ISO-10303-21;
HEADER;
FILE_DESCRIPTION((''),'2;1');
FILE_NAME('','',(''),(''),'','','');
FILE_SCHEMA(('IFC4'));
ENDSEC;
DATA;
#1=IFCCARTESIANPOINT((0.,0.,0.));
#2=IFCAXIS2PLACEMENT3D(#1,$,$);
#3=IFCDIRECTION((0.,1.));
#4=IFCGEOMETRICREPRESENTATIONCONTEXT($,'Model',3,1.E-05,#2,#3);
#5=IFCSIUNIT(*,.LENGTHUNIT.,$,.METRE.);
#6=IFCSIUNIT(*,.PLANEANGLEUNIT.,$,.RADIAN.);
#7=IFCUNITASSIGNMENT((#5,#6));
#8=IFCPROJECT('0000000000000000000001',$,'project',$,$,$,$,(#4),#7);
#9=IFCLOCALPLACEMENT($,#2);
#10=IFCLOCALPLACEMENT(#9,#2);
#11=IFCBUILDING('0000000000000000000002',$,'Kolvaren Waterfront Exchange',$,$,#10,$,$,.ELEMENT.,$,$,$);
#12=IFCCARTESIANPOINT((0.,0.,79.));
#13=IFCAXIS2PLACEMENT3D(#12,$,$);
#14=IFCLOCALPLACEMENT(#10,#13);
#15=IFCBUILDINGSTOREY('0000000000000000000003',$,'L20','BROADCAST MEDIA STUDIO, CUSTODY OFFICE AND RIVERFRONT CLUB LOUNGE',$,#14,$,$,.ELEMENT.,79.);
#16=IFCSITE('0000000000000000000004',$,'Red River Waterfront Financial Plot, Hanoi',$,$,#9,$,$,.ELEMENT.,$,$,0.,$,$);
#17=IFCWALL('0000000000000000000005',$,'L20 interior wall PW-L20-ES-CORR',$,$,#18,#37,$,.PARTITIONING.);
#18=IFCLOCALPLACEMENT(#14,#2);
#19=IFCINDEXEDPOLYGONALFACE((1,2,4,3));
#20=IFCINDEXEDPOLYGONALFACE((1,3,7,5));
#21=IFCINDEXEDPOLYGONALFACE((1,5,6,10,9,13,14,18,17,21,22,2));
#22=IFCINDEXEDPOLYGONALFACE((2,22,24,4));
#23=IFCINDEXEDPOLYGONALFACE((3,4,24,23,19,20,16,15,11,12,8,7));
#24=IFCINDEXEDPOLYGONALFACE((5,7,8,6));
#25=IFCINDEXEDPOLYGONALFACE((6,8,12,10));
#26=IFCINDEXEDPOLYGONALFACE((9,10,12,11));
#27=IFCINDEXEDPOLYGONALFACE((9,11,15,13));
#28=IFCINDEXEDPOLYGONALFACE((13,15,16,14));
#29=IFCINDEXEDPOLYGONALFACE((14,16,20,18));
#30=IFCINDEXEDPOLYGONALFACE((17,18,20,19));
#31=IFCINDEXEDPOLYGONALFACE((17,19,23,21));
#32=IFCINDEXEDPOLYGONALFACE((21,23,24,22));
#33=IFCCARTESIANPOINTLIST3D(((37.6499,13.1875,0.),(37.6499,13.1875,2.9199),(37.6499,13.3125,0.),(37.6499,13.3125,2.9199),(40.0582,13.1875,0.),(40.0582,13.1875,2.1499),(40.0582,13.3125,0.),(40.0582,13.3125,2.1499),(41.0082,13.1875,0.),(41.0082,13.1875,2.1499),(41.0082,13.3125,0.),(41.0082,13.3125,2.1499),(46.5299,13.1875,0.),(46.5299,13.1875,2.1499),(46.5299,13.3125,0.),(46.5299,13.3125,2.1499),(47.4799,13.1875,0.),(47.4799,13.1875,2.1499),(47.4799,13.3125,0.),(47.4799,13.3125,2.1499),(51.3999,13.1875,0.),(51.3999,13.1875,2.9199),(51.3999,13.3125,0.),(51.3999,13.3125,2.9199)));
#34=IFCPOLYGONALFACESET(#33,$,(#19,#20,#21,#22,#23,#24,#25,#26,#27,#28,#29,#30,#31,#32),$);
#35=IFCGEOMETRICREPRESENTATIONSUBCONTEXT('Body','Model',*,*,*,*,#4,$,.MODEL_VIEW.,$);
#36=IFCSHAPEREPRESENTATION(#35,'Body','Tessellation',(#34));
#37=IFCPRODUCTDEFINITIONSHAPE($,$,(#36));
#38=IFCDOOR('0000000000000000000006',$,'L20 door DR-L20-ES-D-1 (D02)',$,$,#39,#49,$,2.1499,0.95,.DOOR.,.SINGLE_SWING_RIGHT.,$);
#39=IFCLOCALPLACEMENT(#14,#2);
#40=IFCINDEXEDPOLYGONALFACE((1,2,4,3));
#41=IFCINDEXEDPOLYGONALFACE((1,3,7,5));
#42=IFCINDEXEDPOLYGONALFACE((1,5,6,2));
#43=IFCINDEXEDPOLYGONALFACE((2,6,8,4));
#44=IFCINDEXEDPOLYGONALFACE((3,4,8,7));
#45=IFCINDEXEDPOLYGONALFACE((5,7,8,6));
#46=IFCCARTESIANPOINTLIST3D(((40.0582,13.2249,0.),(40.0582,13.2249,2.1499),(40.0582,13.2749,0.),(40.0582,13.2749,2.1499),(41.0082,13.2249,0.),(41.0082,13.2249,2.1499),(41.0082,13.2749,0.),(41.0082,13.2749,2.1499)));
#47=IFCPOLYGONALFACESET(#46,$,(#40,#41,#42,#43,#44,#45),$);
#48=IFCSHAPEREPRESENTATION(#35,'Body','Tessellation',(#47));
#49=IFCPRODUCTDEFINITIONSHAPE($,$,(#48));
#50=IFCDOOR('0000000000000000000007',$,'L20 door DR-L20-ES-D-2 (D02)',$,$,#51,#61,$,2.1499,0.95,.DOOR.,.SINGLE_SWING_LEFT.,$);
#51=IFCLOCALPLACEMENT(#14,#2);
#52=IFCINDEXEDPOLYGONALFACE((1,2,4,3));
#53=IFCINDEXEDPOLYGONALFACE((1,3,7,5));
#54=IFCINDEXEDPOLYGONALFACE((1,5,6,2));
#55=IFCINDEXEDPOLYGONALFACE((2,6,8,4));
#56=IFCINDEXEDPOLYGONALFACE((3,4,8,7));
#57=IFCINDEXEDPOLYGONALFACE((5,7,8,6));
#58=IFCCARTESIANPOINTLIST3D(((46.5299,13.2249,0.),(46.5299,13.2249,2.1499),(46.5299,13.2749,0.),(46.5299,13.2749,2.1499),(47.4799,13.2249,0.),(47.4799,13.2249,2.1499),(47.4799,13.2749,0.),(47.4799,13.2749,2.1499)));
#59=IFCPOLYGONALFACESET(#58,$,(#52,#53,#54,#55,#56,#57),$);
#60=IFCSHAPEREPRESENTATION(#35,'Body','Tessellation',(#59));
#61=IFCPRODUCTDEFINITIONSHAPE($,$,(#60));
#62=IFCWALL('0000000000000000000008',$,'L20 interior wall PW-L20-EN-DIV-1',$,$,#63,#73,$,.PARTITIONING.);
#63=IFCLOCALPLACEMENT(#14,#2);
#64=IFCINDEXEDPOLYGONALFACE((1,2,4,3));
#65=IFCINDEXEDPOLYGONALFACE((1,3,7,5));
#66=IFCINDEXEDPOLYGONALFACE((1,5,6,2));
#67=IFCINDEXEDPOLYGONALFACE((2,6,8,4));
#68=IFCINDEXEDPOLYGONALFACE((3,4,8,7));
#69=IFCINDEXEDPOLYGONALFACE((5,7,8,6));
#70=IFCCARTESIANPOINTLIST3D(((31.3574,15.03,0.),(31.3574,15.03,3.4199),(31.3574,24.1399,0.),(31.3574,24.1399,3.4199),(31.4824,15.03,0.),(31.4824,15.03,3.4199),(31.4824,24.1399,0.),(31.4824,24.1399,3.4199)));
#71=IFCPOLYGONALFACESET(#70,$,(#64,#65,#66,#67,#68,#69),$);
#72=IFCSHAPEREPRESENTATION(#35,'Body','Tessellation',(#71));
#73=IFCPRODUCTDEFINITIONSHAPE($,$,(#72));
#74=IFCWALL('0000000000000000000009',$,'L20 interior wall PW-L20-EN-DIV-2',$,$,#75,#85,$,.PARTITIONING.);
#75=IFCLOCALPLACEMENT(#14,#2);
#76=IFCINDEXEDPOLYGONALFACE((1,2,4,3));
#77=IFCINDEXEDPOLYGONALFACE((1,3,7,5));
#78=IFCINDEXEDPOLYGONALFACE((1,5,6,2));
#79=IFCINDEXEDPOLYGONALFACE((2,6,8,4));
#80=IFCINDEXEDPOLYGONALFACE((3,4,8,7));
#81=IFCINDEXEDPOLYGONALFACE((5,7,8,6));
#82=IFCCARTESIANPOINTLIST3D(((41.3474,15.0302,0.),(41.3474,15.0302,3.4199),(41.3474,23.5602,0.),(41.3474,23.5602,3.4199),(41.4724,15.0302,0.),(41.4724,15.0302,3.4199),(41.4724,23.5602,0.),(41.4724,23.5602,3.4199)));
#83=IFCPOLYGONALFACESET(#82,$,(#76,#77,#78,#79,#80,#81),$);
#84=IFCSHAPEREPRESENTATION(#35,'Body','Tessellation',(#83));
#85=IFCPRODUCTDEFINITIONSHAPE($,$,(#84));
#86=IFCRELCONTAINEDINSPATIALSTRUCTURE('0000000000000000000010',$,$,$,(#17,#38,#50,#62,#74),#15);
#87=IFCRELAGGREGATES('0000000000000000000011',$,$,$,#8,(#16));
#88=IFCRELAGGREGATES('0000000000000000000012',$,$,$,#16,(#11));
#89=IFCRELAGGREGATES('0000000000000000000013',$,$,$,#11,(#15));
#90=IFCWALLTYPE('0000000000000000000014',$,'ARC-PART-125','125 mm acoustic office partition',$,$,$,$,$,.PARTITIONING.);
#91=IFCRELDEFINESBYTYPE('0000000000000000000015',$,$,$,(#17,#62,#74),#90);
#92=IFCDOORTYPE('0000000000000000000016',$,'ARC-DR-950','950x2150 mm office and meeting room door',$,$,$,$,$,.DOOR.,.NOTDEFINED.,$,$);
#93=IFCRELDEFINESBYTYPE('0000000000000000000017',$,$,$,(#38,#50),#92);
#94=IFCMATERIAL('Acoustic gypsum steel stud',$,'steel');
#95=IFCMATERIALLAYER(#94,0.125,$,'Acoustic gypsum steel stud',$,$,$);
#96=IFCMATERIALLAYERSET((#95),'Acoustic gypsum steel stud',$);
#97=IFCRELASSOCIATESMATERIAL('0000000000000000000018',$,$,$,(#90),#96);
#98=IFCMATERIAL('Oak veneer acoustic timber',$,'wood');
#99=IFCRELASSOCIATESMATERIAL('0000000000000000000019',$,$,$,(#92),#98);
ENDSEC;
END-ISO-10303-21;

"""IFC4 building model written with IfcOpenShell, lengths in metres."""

from ifc_helpers import new_model, si_unit, direction, frame, frame_2d, origin, place, context, subcontext, project, spatial, rectangle, extrude, material, layer, layer_set, type_object, element, fill, save


model = new_model("IFC4")

# Units and contexts
model_context = context("Model", 3, precision=1e-05, world=origin(), true_north=direction((0.0, 1.0)))
body_context = subcontext(model_context, "Body", "Model", "MODEL_VIEW")
ifc_project = project(units=[si_unit("LENGTHUNIT", "METRE"), si_unit("PLANEANGLEUNIT", "RADIAN")], contexts=[model_context])

# Site, building, storey
site_placement = place(None, origin())
site = spatial("IfcSite", under=ifc_project, at=site_placement, Name="Red River Waterfront Financial Plot, Hanoi", CompositionType="ELEMENT", RefElevation=0.0)
building_placement = place(site_placement, origin())
building = spatial("IfcBuilding", under=site, at=building_placement, Name="Kolvaren Waterfront Exchange", CompositionType="ELEMENT")
storey_placement = place(building_placement, frame((0.0, 0.0, 79.0)))
storey = spatial("IfcBuildingStorey", under=building, at=storey_placement, Name="L20", Description="BROADCAST MEDIA STUDIO, CUSTODY OFFICE AND RIVERFRONT CLUB LOUNGE", CompositionType="ELEMENT", Elevation=79.0)

# Wall, openings, doors
ifc_material_1 = material(Name="Acoustic gypsum steel stud", Category="steel")
ifc_layer_1 = layer(ifc_material_1, 0.125, Name="Acoustic gypsum steel stud")
ifc_layer_set_1 = layer_set([ifc_layer_1], Name="Acoustic gypsum steel stud")
wall_type_1 = type_object("IfcWallType", Name="ARC-PART-125", Description="125 mm acoustic office partition", PredefinedType="PARTITIONING", material=ifc_layer_set_1)
wall_1_placement = place(storey_placement, frame((37.6499, 13.25, 0.0), z_axis=(0.0, 0.0, 1.0), x_axis=(1.0, 0.0, 0.0)))
wall_1 = element("IfcWall", 1, at=wall_1_placement, inside=storey, type_object=wall_type_1, Name="L20 interior wall PW-L20-ES-CORR", PredefinedType="PARTITIONING", context=body_context, shape_type="SweptSolid", body=[
    extrude(rectangle(XDim=13.75, YDim=0.125, at=frame_2d((6.875, 0.0))), origin(), (0.0, 0.0, 1.0), 2.9199),
])
opening_1_placement = place(wall_1_placement, frame((2.4082, 0.0, 0.0)))
opening_1 = element("IfcOpeningElement", 2, at=opening_1_placement, cuts=wall_1, PredefinedType="OPENING", context=body_context, shape_type="SweptSolid", body=[
    extrude(rectangle(XDim=0.95, YDim=2.1499, at=frame_2d((0.4751, 1.075))), frame((0.0, 0.0725, 0.0), z_axis=(0.0, -1.0, 0.0), x_axis=(1.0, 0.0, 0.0)), (0.0, 0.0, 1.0), 0.145),
])
opening_2_placement = place(wall_1_placement, frame((8.8799, 0.0, 0.0)))
opening_2 = element("IfcOpeningElement", 3, at=opening_2_placement, cuts=wall_1, PredefinedType="OPENING", context=body_context, shape_type="SweptSolid", body=[
    extrude(rectangle(XDim=0.95, YDim=2.1499, at=frame_2d((0.4751, 1.075))), frame((0.0, 0.0725, 0.0), z_axis=(0.0, -1.0, 0.0), x_axis=(1.0, 0.0, 0.0)), (0.0, 0.0, 1.0), 0.145),
])
ifc_material_2 = material(Name="Oak veneer acoustic timber", Category="wood")
door_type_1 = type_object("IfcDoorType", Name="ARC-DR-950", Description="950x2150 mm office and meeting room door", OperationType="NOTDEFINED", PredefinedType="DOOR", material=ifc_material_2)
door_1_placement = place(opening_1_placement, origin())
door_1 = element("IfcDoor", 4, at=door_1_placement, inside=storey, type_object=door_type_1, Name="L20 door DR-L20-ES-D-1 (D02)", OperationType="SINGLE_SWING_RIGHT", OverallHeight=2.1499, OverallWidth=0.95, PredefinedType="DOOR", context=body_context, shape_type="SweptSolid", body=[
    extrude(rectangle(XDim=0.95, YDim=2.1499, at=frame_2d((0.4751, 1.075))), frame((0.0, 0.0249, 0.0), z_axis=(0.0, -1.0, 0.0), x_axis=(1.0, 0.0, 0.0)), (0.0, 0.0, 1.0), 0.05),
])
fill(opening_1, door_1)
door_2_placement = place(opening_2_placement, origin())
door_2 = element("IfcDoor", 5, at=door_2_placement, inside=storey, type_object=door_type_1, Name="L20 door DR-L20-ES-D-2 (D02)", OperationType="SINGLE_SWING_LEFT", OverallHeight=2.1499, OverallWidth=0.95, PredefinedType="DOOR", context=body_context, shape_type="SweptSolid", body=[
    extrude(rectangle(XDim=0.95, YDim=2.1499, at=frame_2d((0.4751, 1.075))), frame((0.0, 0.0249, 0.0), z_axis=(0.0, -1.0, 0.0), x_axis=(1.0, 0.0, 0.0)), (0.0, 0.0, 1.0), 0.05),
])
fill(opening_2, door_2)

# Walls
wall_2_placement = place(storey_placement, frame((31.4199, 15.03, 0.0), z_axis=(0.0, 0.0, 1.0), x_axis=(0.0, 1.0, 0.0)))
element("IfcWall", 6, at=wall_2_placement, inside=storey, type_object=wall_type_1, Name="L20 interior wall PW-L20-EN-DIV-1", PredefinedType="PARTITIONING", context=body_context, shape_type="SweptSolid", body=[
    extrude(rectangle(XDim=9.1099, YDim=0.125, at=frame_2d((4.5549, 0.0))), origin(), (0.0, 0.0, 1.0), 3.4199),
])
wall_3_placement = place(storey_placement, frame((41.4099, 15.03, 0.0), z_axis=(0.0, 0.0, 1.0), x_axis=(0.0, 1.0, 0.0)))
element("IfcWall", 7, at=wall_3_placement, inside=storey, type_object=wall_type_1, Name="L20 interior wall PW-L20-EN-DIV-2", PredefinedType="PARTITIONING", context=body_context, shape_type="SweptSolid", body=[
    extrude(rectangle(XDim=8.53, YDim=0.125, at=frame_2d((4.2651, 0.0))), origin(), (0.0, 0.0, 1.0), 3.4199),
])

save(model, "model.ifc")
